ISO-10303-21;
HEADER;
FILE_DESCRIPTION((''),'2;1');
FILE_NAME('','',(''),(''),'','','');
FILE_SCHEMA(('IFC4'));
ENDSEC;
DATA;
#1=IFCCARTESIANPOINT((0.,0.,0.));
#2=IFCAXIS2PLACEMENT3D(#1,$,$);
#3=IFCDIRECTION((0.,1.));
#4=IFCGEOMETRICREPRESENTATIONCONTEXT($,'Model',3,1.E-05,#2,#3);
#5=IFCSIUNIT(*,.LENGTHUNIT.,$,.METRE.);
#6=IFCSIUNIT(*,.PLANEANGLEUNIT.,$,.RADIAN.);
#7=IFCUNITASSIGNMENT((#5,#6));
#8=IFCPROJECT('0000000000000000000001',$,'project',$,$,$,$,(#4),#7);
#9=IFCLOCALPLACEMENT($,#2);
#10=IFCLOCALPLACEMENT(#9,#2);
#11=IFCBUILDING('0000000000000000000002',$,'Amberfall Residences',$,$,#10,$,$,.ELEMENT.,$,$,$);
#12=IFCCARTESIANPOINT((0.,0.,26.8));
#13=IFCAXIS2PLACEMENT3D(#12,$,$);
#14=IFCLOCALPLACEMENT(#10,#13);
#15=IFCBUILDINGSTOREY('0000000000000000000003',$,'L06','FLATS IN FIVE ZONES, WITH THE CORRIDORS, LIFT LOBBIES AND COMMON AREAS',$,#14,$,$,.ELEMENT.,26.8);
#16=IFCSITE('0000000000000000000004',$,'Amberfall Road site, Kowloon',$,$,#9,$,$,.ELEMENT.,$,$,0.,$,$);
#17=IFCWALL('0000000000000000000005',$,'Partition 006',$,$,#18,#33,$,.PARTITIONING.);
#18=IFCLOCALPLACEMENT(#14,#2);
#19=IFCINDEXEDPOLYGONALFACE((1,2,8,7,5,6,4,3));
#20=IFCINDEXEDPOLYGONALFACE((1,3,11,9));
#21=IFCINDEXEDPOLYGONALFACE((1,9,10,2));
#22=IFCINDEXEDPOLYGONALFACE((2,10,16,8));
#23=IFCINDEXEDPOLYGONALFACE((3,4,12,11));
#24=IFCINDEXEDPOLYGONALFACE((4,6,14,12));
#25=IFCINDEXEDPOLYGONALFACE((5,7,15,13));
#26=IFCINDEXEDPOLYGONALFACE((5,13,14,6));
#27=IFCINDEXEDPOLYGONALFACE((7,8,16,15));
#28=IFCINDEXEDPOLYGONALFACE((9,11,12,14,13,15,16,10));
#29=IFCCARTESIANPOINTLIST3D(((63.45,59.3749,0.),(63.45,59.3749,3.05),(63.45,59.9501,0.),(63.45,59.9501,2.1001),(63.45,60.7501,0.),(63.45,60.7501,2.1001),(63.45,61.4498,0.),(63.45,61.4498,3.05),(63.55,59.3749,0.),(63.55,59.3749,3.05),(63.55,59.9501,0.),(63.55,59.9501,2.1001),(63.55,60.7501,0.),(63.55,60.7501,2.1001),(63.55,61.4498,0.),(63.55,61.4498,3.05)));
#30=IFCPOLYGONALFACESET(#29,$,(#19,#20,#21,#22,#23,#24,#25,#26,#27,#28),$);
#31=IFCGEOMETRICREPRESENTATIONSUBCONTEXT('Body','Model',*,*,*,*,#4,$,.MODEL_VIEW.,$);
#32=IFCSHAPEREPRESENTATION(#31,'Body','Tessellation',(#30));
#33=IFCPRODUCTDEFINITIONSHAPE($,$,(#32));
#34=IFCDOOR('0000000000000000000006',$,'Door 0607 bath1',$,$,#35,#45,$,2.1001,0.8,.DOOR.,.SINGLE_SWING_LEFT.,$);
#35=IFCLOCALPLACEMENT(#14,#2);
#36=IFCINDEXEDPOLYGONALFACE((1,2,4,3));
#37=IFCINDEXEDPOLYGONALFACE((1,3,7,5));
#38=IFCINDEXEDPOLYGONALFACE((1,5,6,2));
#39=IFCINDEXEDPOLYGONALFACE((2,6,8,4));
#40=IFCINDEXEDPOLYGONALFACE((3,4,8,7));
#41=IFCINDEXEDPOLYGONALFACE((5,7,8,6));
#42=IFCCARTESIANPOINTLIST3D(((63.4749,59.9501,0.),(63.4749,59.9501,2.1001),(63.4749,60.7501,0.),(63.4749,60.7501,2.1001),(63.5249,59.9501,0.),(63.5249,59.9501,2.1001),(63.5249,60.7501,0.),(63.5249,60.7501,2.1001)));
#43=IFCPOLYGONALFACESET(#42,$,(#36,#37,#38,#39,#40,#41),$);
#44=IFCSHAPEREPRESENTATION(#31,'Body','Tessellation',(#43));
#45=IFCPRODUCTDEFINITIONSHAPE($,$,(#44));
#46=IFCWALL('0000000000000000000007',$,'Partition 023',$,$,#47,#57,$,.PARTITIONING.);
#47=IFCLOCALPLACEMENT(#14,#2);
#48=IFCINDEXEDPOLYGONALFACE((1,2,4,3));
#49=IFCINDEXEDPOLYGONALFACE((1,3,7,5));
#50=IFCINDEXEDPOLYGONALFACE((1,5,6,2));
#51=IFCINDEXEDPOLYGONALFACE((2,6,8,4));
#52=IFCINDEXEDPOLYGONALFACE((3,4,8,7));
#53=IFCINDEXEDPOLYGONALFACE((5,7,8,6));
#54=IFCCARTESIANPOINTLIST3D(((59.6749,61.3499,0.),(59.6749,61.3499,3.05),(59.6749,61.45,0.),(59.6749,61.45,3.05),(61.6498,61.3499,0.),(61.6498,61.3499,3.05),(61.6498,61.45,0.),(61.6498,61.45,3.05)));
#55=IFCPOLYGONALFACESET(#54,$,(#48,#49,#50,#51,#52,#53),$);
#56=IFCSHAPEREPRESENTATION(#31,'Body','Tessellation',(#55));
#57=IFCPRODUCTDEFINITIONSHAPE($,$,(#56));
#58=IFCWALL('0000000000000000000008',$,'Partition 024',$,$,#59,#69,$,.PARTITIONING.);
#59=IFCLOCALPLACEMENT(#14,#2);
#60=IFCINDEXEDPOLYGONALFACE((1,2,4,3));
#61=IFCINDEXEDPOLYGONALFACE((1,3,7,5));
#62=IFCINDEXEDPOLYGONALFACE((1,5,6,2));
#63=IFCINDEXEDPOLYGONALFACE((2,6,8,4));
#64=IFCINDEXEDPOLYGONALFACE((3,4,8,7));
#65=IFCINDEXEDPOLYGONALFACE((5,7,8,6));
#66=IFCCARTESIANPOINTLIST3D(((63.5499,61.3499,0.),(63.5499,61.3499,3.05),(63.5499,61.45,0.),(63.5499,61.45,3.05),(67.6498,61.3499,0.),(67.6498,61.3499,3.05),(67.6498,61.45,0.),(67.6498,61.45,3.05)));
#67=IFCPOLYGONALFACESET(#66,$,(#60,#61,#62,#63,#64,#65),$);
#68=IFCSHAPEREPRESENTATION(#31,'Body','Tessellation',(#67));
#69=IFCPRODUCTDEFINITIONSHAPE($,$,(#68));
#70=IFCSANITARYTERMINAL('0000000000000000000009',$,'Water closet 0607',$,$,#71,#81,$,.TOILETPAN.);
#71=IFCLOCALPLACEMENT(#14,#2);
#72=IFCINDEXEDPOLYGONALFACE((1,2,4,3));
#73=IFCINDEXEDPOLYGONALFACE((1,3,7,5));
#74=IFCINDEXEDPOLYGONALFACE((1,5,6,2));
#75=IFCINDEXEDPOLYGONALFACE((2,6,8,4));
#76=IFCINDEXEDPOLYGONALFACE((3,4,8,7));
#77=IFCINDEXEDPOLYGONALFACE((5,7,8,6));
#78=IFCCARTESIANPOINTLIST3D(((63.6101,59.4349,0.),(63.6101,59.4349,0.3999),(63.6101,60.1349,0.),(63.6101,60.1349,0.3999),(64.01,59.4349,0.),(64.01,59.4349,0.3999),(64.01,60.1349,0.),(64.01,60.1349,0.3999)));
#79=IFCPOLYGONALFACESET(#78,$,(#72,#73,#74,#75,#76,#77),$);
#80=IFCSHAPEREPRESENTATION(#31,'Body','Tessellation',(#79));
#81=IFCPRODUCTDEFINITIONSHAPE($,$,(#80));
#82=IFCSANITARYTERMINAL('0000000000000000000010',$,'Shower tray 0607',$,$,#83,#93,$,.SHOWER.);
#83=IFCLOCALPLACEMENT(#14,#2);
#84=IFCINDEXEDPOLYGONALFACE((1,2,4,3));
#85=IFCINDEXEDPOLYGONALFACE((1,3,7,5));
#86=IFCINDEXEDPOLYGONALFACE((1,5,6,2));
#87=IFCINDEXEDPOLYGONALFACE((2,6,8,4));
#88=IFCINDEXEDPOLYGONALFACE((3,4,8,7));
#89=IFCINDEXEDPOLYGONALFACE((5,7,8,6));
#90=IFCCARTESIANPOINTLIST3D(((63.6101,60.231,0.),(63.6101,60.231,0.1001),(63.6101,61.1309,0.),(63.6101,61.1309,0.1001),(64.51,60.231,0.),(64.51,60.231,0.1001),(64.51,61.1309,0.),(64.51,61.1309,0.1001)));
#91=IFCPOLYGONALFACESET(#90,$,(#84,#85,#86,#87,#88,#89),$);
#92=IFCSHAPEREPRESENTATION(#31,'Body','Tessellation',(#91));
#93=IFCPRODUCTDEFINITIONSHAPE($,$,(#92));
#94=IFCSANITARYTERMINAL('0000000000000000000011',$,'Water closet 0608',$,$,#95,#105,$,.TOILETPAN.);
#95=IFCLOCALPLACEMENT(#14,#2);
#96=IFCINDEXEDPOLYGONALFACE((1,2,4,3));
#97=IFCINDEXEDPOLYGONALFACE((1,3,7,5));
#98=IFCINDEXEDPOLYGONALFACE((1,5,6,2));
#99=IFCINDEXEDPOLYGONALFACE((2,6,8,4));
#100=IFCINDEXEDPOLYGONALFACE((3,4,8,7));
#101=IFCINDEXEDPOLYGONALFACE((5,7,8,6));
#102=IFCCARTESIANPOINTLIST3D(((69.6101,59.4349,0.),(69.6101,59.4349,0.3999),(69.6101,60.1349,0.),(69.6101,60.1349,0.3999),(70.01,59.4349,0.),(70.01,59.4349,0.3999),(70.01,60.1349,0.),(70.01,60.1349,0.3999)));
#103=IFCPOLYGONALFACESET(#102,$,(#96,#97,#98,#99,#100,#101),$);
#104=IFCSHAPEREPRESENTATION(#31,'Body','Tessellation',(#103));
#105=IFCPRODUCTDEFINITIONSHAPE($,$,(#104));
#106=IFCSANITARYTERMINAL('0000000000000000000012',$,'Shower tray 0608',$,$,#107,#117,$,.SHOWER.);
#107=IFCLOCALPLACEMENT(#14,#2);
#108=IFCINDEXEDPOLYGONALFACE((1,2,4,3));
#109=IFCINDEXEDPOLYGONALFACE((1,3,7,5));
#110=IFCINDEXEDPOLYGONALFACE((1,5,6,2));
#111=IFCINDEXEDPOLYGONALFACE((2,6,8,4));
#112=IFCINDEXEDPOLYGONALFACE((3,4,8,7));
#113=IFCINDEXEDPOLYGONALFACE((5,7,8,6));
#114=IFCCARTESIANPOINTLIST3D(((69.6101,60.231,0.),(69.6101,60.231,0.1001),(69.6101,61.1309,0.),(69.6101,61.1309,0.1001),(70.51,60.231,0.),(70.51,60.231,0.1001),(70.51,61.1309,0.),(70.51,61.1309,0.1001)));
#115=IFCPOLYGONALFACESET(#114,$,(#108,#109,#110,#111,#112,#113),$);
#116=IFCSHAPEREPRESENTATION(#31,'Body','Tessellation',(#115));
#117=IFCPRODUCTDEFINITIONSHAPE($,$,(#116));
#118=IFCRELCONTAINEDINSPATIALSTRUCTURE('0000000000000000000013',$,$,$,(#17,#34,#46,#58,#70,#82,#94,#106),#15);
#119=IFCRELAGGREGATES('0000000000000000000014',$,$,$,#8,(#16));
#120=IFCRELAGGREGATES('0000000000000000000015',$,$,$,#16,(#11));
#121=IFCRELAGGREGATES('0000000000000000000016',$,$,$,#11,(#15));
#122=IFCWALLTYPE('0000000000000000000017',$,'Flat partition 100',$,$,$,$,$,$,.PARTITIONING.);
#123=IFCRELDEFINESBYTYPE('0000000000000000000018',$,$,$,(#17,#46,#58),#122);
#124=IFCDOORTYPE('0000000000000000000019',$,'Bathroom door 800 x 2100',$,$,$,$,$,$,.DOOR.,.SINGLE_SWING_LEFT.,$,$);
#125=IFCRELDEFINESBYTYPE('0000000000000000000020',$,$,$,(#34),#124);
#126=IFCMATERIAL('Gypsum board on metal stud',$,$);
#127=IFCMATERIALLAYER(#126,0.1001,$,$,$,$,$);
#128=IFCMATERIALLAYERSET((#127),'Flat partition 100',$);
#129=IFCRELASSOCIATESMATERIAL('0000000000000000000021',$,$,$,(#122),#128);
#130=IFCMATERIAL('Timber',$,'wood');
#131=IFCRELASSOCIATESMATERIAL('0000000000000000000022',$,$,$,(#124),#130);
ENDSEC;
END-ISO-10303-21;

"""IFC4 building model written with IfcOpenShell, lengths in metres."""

from ifc_helpers import new_model, si_unit, direction, frame, frame_2d, origin, origin_2d, place, context, subcontext, project, spatial, rectangle, extrude, material, layer, layer_set, type_object, element, fill, save


model = new_model("IFC4")

# Units and contexts
model_context = context("Model", 3, precision=1e-05, world=origin(), true_north=direction((0.0, 1.0)))
body_context = subcontext(model_context, "Body", "Model", "MODEL_VIEW")
ifc_project = project(units=[si_unit("LENGTHUNIT", "METRE"), si_unit("PLANEANGLEUNIT", "RADIAN")], contexts=[model_context])

# Site, building, storey
site_placement = place(None, origin())
site = spatial("IfcSite", under=ifc_project, at=site_placement, Name="Amberfall Road site, Kowloon", CompositionType="ELEMENT", RefElevation=0.0)
building_placement = place(site_placement, origin())
building = spatial("IfcBuilding", under=site, at=building_placement, Name="Amberfall Residences", CompositionType="ELEMENT")
storey_placement = place(building_placement, frame((0.0, 0.0, 26.8)))
storey = spatial("IfcBuildingStorey", under=building, at=storey_placement, Name="L06", Description="FLATS IN FIVE ZONES, WITH THE CORRIDORS, LIFT LOBBIES AND COMMON AREAS", CompositionType="ELEMENT", Elevation=26.8)

# Wall, opening, door
ifc_material_1 = material(Name="Gypsum board on metal stud")
ifc_layer_1 = layer(ifc_material_1, 0.1001)
ifc_layer_set_1 = layer_set([ifc_layer_1], Name="Flat partition 100")
wall_type = type_object("IfcWallType", Name="Flat partition 100", PredefinedType="PARTITIONING", material=ifc_layer_set_1)
wall_1_placement = place(storey_placement, frame((63.5, 61.45, 0.0), z_axis=(0.0, 0.0, 1.0), x_axis=(0.0, -1.0, 0.0)))
wall_1 = element("IfcWall", 1, at=wall_1_placement, inside=storey, type_object=wall_type, Name="Partition 006", PredefinedType="PARTITIONING", context=body_context, shape_type="SweptSolid", body=[
    extrude(rectangle(XDim=2.075, YDim=0.1001, at=frame_2d((1.0376, 0.0))), origin(), (0.0, 0.0, 1.0), 3.05),
])
opening_placement = place(wall_1_placement, frame((0.7, 0.0, 0.0)))
opening = element("IfcOpeningElement", 2, at=opening_placement, cuts=wall_1, PredefinedType="OPENING", context=body_context, shape_type="SweptSolid", body=[
    extrude(rectangle(XDim=0.8, YDim=2.1001, at=frame_2d((0.3999, 1.05))), frame((0.0, 0.0601, 0.0), z_axis=(0.0, -1.0, 0.0), x_axis=(1.0, 0.0, 0.0)), (0.0, 0.0, 1.0), 0.1201),
])
ifc_material_2 = material(Name="Timber", Category="wood")
door_type = type_object("IfcDoorType", Name="Bathroom door 800 x 2100", OperationType="SINGLE_SWING_LEFT", PredefinedType="DOOR", material=ifc_material_2)
door_placement = place(opening_placement, origin())
door = element("IfcDoor", 3, at=door_placement, inside=storey, type_object=door_type, Name="Door 0607 bath1", OperationType="SINGLE_SWING_LEFT", OverallHeight=2.1001, OverallWidth=0.8, PredefinedType="DOOR", context=body_context, shape_type="SweptSolid", body=[
    extrude(rectangle(XDim=0.8, YDim=2.1001, at=frame_2d((0.3999, 1.05))), frame((0.0, 0.0249, 0.0), z_axis=(0.0, -1.0, 0.0), x_axis=(1.0, 0.0, 0.0)), (0.0, 0.0, 1.0), 0.05),
])
fill(opening, door)

# Walls
wall_2_placement = place(storey_placement, frame((59.675, 61.3999, 0.0), z_axis=(0.0, 0.0, 1.0), x_axis=(1.0, 0.0, 0.0)))
element("IfcWall", 4, at=wall_2_placement, inside=storey, type_object=wall_type, Name="Partition 023", PredefinedType="PARTITIONING", context=body_context, shape_type="SweptSolid", body=[
    extrude(rectangle(XDim=1.9749, YDim=0.1001, at=frame_2d((0.9873, 0.0))), origin(), (0.0, 0.0, 1.0), 3.05),
])
wall_3_placement = place(storey_placement, frame((63.55, 61.3999, 0.0), z_axis=(0.0, 0.0, 1.0), x_axis=(1.0, 0.0, 0.0)))
element("IfcWall", 5, at=wall_3_placement, inside=storey, type_object=wall_type, Name="Partition 024", PredefinedType="PARTITIONING", context=body_context, shape_type="SweptSolid", body=[
    extrude(rectangle(XDim=4.0999, YDim=0.1001, at=frame_2d((2.0498, 0.0))), origin(), (0.0, 0.0, 1.0), 3.05),
])

# Sanitary terminals
sanitary_terminal_1_placement = place(storey_placement, frame((63.8101, 59.7849, 0.0), z_axis=(0.0, 0.0, 1.0), x_axis=(1.0, 0.0, 0.0)))
element("IfcSanitaryTerminal", 6, at=sanitary_terminal_1_placement, inside=storey, Name="Water closet 0607", PredefinedType="TOILETPAN", context=body_context, shape_type="SweptSolid", body=[
    extrude(rectangle(XDim=0.3999, YDim=0.7, at=origin_2d()), origin(), (0.0, 0.0, 1.0), 0.3999),
])
sanitary_terminal_2_placement = place(storey_placement, frame((64.0601, 60.6809, 0.0), z_axis=(0.0, 0.0, 1.0), x_axis=(1.0, 0.0, 0.0)))
element("IfcSanitaryTerminal", 7, at=sanitary_terminal_2_placement, inside=storey, Name="Shower tray 0607", PredefinedType="SHOWER", context=body_context, shape_type="SweptSolid", body=[
    extrude(rectangle(XDim=0.8999, YDim=0.8999, at=origin_2d()), origin(), (0.0, 0.0, 1.0), 0.1001),
])
sanitary_terminal_3_placement = place(storey_placement, frame((69.8101, 59.7849, 0.0), z_axis=(0.0, 0.0, 1.0), x_axis=(1.0, 0.0, 0.0)))
element("IfcSanitaryTerminal", 8, at=sanitary_terminal_3_placement, inside=storey, Name="Water closet 0608", PredefinedType="TOILETPAN", context=body_context, shape_type="SweptSolid", body=[
    extrude(rectangle(XDim=0.3999, YDim=0.7, at=origin_2d()), origin(), (0.0, 0.0, 1.0), 0.3999),
])
sanitary_terminal_4_placement = place(storey_placement, frame((70.0601, 60.6809, 0.0), z_axis=(0.0, 0.0, 1.0), x_axis=(1.0, 0.0, 0.0)))
element("IfcSanitaryTerminal", 9, at=sanitary_terminal_4_placement, inside=storey, Name="Shower tray 0608", PredefinedType="SHOWER", context=body_context, shape_type="SweptSolid", body=[
    extrude(rectangle(XDim=0.8999, YDim=0.8999, at=origin_2d()), origin(), (0.0, 0.0, 1.0), 0.1001),
])

save(model, "model.ifc")
